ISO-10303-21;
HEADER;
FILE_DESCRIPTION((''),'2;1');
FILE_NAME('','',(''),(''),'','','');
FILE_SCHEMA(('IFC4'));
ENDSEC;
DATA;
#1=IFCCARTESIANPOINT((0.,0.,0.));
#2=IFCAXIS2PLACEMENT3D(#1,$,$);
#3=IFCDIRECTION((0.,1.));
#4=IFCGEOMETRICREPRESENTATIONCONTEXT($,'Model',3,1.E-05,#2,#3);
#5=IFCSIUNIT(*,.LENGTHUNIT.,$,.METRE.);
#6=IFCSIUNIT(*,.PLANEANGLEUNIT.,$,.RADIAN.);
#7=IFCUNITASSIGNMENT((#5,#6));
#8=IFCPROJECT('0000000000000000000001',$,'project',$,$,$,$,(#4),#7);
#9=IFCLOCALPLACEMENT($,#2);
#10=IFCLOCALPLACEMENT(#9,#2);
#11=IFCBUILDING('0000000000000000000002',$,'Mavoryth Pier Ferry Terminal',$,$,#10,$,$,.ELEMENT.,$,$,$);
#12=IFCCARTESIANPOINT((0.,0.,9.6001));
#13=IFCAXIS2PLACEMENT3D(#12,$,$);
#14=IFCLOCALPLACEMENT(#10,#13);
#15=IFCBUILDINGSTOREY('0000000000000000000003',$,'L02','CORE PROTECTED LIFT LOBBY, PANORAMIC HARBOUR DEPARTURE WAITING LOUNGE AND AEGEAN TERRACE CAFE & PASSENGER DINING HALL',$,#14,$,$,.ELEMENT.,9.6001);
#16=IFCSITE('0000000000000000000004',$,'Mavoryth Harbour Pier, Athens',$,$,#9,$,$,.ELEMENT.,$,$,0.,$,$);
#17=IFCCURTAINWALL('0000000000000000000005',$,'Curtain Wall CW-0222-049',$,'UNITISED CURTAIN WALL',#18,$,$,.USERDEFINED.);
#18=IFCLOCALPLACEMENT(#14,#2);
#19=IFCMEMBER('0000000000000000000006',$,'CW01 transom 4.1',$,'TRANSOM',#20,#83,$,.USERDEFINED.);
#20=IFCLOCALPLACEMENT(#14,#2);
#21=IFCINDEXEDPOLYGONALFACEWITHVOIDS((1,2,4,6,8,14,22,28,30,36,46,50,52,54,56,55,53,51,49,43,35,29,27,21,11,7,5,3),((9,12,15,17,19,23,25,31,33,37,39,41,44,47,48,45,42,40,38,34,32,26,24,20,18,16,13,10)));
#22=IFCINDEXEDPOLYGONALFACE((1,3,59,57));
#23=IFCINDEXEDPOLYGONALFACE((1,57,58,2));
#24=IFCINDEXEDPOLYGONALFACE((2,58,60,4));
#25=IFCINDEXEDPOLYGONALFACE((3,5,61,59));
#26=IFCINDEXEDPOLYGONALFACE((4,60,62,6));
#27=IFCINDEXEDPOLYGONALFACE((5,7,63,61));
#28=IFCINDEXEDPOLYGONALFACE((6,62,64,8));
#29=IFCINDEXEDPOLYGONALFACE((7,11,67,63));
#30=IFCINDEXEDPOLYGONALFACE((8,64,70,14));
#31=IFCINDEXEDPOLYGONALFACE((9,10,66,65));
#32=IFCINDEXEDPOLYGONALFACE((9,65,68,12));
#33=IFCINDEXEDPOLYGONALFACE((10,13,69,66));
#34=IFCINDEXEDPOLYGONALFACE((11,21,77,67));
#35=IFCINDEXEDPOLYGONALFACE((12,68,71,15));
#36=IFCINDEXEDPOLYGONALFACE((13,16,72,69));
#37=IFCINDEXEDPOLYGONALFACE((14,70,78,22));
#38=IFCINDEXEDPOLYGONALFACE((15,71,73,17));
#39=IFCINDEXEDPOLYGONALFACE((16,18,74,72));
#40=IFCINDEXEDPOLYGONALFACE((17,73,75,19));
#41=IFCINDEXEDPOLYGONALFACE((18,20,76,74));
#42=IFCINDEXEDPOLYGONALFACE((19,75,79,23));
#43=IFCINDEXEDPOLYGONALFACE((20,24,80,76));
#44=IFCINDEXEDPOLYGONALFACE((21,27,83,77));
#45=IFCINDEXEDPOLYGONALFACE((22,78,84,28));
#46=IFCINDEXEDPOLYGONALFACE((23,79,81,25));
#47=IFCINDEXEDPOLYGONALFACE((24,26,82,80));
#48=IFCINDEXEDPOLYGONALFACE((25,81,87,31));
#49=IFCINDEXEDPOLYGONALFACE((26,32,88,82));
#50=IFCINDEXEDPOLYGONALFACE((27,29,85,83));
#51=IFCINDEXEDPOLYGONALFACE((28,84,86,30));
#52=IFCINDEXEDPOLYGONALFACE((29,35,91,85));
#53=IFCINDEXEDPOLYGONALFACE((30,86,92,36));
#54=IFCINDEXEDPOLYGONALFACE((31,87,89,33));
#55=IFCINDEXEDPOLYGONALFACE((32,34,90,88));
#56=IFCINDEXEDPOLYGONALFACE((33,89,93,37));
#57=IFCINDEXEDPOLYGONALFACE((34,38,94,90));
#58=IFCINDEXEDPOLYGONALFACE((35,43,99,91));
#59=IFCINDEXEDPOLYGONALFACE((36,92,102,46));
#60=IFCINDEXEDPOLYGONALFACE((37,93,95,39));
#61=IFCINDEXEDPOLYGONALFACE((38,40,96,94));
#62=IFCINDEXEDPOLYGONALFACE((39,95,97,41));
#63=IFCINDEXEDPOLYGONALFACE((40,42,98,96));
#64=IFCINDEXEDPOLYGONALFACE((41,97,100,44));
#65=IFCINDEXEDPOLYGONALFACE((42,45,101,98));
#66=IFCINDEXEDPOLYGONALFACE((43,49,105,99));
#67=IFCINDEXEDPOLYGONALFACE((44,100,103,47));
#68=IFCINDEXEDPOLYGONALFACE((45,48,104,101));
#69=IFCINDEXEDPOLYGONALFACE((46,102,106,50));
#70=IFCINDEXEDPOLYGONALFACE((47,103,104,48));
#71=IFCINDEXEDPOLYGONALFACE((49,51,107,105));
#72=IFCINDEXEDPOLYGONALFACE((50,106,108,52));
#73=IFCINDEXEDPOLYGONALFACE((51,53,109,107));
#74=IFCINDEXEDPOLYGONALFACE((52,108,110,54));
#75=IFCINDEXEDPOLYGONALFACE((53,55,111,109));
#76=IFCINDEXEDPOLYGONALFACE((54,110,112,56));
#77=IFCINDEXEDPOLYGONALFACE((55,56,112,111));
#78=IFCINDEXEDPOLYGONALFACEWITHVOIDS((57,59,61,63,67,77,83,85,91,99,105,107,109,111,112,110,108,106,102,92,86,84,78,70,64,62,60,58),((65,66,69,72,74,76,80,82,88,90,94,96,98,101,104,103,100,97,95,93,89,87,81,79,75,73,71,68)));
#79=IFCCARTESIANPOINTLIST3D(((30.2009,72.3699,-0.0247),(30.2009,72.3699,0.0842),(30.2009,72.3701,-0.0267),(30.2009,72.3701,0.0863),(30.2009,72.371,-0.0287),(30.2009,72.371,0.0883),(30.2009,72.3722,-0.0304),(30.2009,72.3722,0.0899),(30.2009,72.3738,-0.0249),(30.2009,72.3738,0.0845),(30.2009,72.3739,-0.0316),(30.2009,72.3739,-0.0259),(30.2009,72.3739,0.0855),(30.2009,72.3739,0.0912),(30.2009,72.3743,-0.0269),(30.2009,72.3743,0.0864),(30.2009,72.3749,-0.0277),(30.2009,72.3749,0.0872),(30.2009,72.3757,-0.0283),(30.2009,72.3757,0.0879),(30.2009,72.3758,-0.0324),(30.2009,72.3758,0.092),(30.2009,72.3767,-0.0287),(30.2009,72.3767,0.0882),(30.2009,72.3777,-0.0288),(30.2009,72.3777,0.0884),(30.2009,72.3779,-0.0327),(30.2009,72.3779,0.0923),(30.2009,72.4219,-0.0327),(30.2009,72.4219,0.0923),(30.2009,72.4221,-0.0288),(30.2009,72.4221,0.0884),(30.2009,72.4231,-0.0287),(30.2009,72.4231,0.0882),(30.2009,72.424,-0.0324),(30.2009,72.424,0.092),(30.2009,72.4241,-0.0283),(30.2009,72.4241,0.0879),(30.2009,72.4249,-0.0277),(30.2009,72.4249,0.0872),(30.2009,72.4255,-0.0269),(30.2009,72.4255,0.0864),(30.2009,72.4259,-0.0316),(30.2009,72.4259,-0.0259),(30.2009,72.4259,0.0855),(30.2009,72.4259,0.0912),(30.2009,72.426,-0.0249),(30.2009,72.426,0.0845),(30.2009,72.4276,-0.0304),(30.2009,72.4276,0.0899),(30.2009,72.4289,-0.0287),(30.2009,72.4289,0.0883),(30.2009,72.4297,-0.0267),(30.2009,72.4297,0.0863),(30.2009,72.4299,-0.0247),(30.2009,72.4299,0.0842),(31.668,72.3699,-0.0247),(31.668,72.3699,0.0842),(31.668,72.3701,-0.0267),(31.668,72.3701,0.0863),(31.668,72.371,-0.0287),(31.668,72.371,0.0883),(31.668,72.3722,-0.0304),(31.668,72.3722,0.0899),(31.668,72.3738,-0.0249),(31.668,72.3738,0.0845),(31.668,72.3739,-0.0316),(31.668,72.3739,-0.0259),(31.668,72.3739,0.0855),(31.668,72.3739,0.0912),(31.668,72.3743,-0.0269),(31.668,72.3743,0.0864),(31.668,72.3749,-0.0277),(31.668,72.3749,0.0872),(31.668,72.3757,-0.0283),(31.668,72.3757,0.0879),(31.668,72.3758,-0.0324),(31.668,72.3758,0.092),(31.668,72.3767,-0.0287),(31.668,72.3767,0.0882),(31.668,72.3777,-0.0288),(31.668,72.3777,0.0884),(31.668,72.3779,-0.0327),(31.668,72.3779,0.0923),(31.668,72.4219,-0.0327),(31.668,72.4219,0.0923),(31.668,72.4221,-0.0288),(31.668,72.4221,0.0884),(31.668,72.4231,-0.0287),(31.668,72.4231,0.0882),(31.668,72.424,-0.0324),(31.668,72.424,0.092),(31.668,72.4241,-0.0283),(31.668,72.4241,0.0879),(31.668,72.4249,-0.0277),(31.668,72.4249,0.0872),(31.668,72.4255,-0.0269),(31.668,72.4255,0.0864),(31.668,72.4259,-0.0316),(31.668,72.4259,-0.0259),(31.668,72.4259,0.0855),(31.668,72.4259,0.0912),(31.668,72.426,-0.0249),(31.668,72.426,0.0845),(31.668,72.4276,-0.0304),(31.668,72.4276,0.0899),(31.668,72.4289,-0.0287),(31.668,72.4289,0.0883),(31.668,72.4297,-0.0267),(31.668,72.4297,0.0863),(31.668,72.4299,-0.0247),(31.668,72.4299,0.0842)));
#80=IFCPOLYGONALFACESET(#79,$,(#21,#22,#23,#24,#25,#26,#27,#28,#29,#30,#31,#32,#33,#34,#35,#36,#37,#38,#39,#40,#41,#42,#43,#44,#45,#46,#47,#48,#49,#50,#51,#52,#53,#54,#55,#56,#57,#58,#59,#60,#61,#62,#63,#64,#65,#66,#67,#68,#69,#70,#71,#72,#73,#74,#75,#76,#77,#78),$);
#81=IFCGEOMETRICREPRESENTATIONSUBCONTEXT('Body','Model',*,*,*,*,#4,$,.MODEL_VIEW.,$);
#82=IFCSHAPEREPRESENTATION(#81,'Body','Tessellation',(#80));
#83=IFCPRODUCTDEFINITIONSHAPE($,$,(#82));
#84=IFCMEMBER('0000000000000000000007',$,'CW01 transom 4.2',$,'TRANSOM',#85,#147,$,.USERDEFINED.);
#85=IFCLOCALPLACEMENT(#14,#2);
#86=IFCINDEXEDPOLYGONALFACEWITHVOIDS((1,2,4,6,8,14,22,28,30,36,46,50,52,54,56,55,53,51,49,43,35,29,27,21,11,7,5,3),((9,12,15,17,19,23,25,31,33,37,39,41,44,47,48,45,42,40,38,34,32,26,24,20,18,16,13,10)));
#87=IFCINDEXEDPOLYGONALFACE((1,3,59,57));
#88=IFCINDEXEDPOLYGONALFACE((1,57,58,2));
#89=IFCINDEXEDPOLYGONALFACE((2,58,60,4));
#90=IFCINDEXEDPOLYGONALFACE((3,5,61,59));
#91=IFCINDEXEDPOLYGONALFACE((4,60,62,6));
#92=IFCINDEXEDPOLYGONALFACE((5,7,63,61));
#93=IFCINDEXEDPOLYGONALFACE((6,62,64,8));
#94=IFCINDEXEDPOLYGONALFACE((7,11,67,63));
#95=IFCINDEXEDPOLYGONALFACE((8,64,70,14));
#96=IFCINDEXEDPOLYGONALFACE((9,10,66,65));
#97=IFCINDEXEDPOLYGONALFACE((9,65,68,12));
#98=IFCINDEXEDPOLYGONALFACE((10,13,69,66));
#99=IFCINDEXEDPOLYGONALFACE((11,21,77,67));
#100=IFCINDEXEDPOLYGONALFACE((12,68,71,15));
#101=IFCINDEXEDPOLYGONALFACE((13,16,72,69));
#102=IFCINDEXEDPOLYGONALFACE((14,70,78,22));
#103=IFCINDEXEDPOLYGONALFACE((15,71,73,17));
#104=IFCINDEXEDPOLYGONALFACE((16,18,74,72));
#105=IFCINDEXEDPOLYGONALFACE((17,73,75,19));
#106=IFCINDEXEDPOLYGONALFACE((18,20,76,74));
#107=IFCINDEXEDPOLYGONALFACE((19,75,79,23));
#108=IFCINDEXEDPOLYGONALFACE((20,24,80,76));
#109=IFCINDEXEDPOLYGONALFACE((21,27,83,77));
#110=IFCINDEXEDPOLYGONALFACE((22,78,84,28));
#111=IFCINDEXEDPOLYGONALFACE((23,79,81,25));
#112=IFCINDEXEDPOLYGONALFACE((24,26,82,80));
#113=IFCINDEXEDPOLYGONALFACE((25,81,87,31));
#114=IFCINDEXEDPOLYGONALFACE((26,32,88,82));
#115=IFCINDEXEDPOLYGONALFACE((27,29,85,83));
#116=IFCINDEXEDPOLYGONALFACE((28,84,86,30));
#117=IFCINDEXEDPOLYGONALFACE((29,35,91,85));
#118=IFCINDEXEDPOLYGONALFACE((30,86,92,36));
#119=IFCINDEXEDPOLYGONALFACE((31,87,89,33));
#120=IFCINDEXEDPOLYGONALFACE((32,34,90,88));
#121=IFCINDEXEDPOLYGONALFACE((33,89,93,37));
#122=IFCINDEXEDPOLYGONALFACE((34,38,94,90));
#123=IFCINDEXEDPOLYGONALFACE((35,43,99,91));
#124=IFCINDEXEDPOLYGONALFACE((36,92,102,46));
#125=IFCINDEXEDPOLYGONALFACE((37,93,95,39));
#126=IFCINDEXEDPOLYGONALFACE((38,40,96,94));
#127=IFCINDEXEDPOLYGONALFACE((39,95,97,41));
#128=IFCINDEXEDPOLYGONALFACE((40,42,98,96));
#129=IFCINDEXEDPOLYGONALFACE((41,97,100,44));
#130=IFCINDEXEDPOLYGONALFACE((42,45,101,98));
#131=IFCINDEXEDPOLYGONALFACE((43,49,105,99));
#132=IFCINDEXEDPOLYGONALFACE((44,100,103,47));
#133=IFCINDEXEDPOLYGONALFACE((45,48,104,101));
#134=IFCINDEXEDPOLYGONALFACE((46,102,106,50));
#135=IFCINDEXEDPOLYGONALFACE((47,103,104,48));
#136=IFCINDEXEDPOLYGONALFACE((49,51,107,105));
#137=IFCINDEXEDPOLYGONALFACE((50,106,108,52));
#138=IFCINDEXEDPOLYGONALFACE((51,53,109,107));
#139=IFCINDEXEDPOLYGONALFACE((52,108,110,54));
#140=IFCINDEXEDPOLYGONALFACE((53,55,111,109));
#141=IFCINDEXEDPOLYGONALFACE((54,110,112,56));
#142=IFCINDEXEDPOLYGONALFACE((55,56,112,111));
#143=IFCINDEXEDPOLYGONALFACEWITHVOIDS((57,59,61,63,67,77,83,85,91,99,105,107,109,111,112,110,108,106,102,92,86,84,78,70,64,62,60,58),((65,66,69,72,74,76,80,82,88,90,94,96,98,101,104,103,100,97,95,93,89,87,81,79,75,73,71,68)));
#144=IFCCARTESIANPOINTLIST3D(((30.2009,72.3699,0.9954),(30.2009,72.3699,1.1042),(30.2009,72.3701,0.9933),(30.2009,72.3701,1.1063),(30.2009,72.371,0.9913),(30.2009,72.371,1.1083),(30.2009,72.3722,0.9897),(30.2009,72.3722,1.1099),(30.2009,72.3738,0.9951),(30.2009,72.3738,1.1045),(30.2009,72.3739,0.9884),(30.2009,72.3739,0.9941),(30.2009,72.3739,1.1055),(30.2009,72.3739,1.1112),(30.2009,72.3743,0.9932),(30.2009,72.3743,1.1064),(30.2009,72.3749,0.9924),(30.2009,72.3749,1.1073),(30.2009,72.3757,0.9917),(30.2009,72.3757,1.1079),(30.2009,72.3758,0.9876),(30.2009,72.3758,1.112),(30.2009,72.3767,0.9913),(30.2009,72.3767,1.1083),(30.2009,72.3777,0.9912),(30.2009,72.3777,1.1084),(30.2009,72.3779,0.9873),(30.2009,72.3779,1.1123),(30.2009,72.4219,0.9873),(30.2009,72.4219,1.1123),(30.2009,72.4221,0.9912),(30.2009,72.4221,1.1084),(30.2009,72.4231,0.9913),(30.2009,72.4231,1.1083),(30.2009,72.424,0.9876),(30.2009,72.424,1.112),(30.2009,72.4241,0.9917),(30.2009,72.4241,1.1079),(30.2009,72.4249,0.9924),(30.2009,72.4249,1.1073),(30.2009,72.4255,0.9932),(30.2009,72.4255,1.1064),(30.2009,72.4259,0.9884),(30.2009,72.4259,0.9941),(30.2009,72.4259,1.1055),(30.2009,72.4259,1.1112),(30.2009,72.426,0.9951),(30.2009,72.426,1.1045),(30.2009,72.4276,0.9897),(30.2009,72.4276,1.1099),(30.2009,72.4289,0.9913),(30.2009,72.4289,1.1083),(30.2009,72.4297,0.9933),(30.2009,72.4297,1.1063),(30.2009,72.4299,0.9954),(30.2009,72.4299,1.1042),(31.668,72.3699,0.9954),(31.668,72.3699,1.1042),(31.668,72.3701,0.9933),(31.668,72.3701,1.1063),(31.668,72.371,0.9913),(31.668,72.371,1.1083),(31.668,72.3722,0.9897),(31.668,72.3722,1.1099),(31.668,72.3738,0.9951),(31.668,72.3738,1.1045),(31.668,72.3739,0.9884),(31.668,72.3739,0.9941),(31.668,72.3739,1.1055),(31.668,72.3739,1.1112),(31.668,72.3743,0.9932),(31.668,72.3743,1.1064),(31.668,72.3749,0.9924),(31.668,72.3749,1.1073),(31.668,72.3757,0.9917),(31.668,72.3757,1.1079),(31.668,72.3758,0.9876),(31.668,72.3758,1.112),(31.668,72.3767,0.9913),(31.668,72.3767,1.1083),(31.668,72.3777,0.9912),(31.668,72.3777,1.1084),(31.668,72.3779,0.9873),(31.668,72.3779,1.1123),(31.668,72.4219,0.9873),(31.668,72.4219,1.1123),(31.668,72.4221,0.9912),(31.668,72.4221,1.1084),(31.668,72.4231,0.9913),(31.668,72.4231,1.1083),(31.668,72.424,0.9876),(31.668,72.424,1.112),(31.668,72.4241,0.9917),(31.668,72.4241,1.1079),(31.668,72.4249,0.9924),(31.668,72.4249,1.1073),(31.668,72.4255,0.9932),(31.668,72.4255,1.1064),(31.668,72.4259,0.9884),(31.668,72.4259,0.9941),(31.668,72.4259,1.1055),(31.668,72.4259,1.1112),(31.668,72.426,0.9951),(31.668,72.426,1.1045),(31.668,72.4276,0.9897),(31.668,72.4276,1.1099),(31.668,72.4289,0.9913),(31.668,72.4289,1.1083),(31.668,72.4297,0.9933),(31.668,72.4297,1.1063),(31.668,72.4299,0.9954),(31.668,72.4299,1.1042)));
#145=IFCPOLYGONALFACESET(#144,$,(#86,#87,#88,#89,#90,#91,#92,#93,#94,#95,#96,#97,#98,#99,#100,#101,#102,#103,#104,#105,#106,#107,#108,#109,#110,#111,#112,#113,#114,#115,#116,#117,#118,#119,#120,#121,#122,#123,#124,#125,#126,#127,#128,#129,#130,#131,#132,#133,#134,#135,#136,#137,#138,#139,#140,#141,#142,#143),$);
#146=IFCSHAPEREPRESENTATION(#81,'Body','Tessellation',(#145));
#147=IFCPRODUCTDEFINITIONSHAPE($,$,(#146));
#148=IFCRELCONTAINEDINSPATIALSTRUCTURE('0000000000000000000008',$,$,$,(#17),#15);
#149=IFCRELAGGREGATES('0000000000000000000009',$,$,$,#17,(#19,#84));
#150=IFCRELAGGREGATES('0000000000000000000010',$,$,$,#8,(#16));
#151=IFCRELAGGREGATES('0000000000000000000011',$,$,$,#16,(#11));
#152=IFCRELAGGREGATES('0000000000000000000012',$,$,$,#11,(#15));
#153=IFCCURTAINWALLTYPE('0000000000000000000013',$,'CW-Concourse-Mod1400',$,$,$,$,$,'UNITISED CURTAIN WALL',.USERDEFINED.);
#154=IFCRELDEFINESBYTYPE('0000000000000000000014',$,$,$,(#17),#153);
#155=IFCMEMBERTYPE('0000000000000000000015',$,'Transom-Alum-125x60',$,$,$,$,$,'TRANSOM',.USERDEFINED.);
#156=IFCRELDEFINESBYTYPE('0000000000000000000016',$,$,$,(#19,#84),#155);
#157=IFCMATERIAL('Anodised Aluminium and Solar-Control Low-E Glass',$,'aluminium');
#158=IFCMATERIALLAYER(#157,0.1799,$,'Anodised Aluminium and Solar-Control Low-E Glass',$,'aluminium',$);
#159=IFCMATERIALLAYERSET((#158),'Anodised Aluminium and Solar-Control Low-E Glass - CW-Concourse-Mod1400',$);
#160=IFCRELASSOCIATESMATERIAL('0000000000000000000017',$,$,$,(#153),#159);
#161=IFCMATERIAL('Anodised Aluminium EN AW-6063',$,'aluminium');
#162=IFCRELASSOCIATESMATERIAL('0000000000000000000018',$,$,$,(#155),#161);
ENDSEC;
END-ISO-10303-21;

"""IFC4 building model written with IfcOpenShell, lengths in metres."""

from ifc_helpers import new_model, si_unit, direction, frame, origin, origin_2d, place, context, subcontext, project, spatial, hollow_rectangle, extrude, material, layer, layer_set, material_profile, profile_set, type_object, element, aggregate, save


model = new_model("IFC4")

# Units and contexts
model_context = context("Model", 3, precision=1e-05, world=origin(), true_north=direction((0.0, 1.0)))
body_context = subcontext(model_context, "Body", "Model", "MODEL_VIEW")
ifc_project = project(units=[si_unit("LENGTHUNIT", "METRE"), si_unit("PLANEANGLEUNIT", "RADIAN")], contexts=[model_context])

# Site, building, storey
site_placement = place(None, origin())
site = spatial("IfcSite", under=ifc_project, at=site_placement, Name="Mavoryth Harbour Pier, Athens", CompositionType="ELEMENT", RefElevation=0.0)
building_placement = place(site_placement, origin())
building = spatial("IfcBuilding", under=site, at=building_placement, Name="Mavoryth Pier Ferry Terminal", CompositionType="ELEMENT")
storey_placement = place(building_placement, frame((0.0, 0.0, 9.6001)))
storey = spatial("IfcBuildingStorey", under=building, at=storey_placement, Name="L02", Description="CORE PROTECTED LIFT LOBBY, PANORAMIC HARBOUR DEPARTURE WAITING LOUNGE AND AEGEAN TERRACE CAFE & PASSENGER DINING HALL", CompositionType="ELEMENT", Elevation=9.6001)

# Shared definitions
ifc_material_1 = material(Name="Anodised Aluminium and Solar-Control Low-E Glass", Category="aluminium")
ifc_layer_1 = layer(ifc_material_1, 0.1799, Name="Anodised Aluminium and Solar-Control Low-E Glass", Category="aluminium")
ifc_layer_set_1 = layer_set([ifc_layer_1], Name="Anodised Aluminium and Solar-Control Low-E Glass - CW-Concourse-Mod1400")
curtain_wall_type = type_object("IfcCurtainWallType", Name="CW-Concourse-Mod1400", ElementType="UNITISED CURTAIN WALL", PredefinedType="USERDEFINED", material=ifc_layer_set_1)
ifc_material_2 = material(Name="Anodised Aluminium EN AW-6063", Category="aluminium")

# Curtain wall
curtain_wall_1_placement = place(storey_placement, origin())
curtain_wall_1 = element("IfcCurtainWall", 1, at=curtain_wall_1_placement, inside=storey, type_object=curtain_wall_type, Name="Curtain Wall CW-0222-049", ObjectType="UNITISED CURTAIN WALL", PredefinedType="USERDEFINED")

# Members
ifc_material_profile_1 = material_profile(ifc_material_2, hollow_rectangle(XDim=0.0601, YDim=0.125, WallThickness=0.0039, InnerFilletRadius=0.0039, OuterFilletRadius=0.0081, at=origin_2d()), Name="AL-TRAN 125x60x4", Category="aluminium")
ifc_profile_set_1 = profile_set([ifc_material_profile_1], Name="Anodised Aluminium EN AW-6063 - AL-TRAN 125x60x4")
member_type_1 = type_object("IfcMemberType", Name="Transom-Alum-125x60", ElementType="TRANSOM", PredefinedType="USERDEFINED", material=ifc_profile_set_1)
member_1_placement = place(storey_placement, frame((30.2009, 72.3999, 0.0298), z_axis=(1.0, 0.0, 0.0), x_axis=(0.0, 1.0, 0.0)))
member_1 = element("IfcMember", 2, at=member_1_placement, type_object=member_type_1, Name="CW01 transom 4.1", ObjectType="TRANSOM", PredefinedType="USERDEFINED", context=body_context, shape_type="SweptSolid", body=[
    extrude(hollow_rectangle(XDim=0.0601, YDim=0.125, WallThickness=0.0039, InnerFilletRadius=0.0039, OuterFilletRadius=0.0081, at=origin_2d()), origin(), (0.0, 0.0, 1.0), 1.467),
])
member_2_placement = place(storey_placement, frame((30.2009, 72.3999, 1.0498), z_axis=(1.0, 0.0, 0.0), x_axis=(0.0, 1.0, 0.0)))
member_2 = element("IfcMember", 3, at=member_2_placement, type_object=member_type_1, Name="CW01 transom 4.2", ObjectType="TRANSOM", PredefinedType="USERDEFINED", context=body_context, shape_type="SweptSolid", body=[
    extrude(hollow_rectangle(XDim=0.0601, YDim=0.125, WallThickness=0.0039, InnerFilletRadius=0.0039, OuterFilletRadius=0.0081, at=origin_2d()), origin(), (0.0, 0.0, 1.0), 1.467),
])

aggregate(curtain_wall_1, [member_1, member_2])

save(model, "model.ifc")
